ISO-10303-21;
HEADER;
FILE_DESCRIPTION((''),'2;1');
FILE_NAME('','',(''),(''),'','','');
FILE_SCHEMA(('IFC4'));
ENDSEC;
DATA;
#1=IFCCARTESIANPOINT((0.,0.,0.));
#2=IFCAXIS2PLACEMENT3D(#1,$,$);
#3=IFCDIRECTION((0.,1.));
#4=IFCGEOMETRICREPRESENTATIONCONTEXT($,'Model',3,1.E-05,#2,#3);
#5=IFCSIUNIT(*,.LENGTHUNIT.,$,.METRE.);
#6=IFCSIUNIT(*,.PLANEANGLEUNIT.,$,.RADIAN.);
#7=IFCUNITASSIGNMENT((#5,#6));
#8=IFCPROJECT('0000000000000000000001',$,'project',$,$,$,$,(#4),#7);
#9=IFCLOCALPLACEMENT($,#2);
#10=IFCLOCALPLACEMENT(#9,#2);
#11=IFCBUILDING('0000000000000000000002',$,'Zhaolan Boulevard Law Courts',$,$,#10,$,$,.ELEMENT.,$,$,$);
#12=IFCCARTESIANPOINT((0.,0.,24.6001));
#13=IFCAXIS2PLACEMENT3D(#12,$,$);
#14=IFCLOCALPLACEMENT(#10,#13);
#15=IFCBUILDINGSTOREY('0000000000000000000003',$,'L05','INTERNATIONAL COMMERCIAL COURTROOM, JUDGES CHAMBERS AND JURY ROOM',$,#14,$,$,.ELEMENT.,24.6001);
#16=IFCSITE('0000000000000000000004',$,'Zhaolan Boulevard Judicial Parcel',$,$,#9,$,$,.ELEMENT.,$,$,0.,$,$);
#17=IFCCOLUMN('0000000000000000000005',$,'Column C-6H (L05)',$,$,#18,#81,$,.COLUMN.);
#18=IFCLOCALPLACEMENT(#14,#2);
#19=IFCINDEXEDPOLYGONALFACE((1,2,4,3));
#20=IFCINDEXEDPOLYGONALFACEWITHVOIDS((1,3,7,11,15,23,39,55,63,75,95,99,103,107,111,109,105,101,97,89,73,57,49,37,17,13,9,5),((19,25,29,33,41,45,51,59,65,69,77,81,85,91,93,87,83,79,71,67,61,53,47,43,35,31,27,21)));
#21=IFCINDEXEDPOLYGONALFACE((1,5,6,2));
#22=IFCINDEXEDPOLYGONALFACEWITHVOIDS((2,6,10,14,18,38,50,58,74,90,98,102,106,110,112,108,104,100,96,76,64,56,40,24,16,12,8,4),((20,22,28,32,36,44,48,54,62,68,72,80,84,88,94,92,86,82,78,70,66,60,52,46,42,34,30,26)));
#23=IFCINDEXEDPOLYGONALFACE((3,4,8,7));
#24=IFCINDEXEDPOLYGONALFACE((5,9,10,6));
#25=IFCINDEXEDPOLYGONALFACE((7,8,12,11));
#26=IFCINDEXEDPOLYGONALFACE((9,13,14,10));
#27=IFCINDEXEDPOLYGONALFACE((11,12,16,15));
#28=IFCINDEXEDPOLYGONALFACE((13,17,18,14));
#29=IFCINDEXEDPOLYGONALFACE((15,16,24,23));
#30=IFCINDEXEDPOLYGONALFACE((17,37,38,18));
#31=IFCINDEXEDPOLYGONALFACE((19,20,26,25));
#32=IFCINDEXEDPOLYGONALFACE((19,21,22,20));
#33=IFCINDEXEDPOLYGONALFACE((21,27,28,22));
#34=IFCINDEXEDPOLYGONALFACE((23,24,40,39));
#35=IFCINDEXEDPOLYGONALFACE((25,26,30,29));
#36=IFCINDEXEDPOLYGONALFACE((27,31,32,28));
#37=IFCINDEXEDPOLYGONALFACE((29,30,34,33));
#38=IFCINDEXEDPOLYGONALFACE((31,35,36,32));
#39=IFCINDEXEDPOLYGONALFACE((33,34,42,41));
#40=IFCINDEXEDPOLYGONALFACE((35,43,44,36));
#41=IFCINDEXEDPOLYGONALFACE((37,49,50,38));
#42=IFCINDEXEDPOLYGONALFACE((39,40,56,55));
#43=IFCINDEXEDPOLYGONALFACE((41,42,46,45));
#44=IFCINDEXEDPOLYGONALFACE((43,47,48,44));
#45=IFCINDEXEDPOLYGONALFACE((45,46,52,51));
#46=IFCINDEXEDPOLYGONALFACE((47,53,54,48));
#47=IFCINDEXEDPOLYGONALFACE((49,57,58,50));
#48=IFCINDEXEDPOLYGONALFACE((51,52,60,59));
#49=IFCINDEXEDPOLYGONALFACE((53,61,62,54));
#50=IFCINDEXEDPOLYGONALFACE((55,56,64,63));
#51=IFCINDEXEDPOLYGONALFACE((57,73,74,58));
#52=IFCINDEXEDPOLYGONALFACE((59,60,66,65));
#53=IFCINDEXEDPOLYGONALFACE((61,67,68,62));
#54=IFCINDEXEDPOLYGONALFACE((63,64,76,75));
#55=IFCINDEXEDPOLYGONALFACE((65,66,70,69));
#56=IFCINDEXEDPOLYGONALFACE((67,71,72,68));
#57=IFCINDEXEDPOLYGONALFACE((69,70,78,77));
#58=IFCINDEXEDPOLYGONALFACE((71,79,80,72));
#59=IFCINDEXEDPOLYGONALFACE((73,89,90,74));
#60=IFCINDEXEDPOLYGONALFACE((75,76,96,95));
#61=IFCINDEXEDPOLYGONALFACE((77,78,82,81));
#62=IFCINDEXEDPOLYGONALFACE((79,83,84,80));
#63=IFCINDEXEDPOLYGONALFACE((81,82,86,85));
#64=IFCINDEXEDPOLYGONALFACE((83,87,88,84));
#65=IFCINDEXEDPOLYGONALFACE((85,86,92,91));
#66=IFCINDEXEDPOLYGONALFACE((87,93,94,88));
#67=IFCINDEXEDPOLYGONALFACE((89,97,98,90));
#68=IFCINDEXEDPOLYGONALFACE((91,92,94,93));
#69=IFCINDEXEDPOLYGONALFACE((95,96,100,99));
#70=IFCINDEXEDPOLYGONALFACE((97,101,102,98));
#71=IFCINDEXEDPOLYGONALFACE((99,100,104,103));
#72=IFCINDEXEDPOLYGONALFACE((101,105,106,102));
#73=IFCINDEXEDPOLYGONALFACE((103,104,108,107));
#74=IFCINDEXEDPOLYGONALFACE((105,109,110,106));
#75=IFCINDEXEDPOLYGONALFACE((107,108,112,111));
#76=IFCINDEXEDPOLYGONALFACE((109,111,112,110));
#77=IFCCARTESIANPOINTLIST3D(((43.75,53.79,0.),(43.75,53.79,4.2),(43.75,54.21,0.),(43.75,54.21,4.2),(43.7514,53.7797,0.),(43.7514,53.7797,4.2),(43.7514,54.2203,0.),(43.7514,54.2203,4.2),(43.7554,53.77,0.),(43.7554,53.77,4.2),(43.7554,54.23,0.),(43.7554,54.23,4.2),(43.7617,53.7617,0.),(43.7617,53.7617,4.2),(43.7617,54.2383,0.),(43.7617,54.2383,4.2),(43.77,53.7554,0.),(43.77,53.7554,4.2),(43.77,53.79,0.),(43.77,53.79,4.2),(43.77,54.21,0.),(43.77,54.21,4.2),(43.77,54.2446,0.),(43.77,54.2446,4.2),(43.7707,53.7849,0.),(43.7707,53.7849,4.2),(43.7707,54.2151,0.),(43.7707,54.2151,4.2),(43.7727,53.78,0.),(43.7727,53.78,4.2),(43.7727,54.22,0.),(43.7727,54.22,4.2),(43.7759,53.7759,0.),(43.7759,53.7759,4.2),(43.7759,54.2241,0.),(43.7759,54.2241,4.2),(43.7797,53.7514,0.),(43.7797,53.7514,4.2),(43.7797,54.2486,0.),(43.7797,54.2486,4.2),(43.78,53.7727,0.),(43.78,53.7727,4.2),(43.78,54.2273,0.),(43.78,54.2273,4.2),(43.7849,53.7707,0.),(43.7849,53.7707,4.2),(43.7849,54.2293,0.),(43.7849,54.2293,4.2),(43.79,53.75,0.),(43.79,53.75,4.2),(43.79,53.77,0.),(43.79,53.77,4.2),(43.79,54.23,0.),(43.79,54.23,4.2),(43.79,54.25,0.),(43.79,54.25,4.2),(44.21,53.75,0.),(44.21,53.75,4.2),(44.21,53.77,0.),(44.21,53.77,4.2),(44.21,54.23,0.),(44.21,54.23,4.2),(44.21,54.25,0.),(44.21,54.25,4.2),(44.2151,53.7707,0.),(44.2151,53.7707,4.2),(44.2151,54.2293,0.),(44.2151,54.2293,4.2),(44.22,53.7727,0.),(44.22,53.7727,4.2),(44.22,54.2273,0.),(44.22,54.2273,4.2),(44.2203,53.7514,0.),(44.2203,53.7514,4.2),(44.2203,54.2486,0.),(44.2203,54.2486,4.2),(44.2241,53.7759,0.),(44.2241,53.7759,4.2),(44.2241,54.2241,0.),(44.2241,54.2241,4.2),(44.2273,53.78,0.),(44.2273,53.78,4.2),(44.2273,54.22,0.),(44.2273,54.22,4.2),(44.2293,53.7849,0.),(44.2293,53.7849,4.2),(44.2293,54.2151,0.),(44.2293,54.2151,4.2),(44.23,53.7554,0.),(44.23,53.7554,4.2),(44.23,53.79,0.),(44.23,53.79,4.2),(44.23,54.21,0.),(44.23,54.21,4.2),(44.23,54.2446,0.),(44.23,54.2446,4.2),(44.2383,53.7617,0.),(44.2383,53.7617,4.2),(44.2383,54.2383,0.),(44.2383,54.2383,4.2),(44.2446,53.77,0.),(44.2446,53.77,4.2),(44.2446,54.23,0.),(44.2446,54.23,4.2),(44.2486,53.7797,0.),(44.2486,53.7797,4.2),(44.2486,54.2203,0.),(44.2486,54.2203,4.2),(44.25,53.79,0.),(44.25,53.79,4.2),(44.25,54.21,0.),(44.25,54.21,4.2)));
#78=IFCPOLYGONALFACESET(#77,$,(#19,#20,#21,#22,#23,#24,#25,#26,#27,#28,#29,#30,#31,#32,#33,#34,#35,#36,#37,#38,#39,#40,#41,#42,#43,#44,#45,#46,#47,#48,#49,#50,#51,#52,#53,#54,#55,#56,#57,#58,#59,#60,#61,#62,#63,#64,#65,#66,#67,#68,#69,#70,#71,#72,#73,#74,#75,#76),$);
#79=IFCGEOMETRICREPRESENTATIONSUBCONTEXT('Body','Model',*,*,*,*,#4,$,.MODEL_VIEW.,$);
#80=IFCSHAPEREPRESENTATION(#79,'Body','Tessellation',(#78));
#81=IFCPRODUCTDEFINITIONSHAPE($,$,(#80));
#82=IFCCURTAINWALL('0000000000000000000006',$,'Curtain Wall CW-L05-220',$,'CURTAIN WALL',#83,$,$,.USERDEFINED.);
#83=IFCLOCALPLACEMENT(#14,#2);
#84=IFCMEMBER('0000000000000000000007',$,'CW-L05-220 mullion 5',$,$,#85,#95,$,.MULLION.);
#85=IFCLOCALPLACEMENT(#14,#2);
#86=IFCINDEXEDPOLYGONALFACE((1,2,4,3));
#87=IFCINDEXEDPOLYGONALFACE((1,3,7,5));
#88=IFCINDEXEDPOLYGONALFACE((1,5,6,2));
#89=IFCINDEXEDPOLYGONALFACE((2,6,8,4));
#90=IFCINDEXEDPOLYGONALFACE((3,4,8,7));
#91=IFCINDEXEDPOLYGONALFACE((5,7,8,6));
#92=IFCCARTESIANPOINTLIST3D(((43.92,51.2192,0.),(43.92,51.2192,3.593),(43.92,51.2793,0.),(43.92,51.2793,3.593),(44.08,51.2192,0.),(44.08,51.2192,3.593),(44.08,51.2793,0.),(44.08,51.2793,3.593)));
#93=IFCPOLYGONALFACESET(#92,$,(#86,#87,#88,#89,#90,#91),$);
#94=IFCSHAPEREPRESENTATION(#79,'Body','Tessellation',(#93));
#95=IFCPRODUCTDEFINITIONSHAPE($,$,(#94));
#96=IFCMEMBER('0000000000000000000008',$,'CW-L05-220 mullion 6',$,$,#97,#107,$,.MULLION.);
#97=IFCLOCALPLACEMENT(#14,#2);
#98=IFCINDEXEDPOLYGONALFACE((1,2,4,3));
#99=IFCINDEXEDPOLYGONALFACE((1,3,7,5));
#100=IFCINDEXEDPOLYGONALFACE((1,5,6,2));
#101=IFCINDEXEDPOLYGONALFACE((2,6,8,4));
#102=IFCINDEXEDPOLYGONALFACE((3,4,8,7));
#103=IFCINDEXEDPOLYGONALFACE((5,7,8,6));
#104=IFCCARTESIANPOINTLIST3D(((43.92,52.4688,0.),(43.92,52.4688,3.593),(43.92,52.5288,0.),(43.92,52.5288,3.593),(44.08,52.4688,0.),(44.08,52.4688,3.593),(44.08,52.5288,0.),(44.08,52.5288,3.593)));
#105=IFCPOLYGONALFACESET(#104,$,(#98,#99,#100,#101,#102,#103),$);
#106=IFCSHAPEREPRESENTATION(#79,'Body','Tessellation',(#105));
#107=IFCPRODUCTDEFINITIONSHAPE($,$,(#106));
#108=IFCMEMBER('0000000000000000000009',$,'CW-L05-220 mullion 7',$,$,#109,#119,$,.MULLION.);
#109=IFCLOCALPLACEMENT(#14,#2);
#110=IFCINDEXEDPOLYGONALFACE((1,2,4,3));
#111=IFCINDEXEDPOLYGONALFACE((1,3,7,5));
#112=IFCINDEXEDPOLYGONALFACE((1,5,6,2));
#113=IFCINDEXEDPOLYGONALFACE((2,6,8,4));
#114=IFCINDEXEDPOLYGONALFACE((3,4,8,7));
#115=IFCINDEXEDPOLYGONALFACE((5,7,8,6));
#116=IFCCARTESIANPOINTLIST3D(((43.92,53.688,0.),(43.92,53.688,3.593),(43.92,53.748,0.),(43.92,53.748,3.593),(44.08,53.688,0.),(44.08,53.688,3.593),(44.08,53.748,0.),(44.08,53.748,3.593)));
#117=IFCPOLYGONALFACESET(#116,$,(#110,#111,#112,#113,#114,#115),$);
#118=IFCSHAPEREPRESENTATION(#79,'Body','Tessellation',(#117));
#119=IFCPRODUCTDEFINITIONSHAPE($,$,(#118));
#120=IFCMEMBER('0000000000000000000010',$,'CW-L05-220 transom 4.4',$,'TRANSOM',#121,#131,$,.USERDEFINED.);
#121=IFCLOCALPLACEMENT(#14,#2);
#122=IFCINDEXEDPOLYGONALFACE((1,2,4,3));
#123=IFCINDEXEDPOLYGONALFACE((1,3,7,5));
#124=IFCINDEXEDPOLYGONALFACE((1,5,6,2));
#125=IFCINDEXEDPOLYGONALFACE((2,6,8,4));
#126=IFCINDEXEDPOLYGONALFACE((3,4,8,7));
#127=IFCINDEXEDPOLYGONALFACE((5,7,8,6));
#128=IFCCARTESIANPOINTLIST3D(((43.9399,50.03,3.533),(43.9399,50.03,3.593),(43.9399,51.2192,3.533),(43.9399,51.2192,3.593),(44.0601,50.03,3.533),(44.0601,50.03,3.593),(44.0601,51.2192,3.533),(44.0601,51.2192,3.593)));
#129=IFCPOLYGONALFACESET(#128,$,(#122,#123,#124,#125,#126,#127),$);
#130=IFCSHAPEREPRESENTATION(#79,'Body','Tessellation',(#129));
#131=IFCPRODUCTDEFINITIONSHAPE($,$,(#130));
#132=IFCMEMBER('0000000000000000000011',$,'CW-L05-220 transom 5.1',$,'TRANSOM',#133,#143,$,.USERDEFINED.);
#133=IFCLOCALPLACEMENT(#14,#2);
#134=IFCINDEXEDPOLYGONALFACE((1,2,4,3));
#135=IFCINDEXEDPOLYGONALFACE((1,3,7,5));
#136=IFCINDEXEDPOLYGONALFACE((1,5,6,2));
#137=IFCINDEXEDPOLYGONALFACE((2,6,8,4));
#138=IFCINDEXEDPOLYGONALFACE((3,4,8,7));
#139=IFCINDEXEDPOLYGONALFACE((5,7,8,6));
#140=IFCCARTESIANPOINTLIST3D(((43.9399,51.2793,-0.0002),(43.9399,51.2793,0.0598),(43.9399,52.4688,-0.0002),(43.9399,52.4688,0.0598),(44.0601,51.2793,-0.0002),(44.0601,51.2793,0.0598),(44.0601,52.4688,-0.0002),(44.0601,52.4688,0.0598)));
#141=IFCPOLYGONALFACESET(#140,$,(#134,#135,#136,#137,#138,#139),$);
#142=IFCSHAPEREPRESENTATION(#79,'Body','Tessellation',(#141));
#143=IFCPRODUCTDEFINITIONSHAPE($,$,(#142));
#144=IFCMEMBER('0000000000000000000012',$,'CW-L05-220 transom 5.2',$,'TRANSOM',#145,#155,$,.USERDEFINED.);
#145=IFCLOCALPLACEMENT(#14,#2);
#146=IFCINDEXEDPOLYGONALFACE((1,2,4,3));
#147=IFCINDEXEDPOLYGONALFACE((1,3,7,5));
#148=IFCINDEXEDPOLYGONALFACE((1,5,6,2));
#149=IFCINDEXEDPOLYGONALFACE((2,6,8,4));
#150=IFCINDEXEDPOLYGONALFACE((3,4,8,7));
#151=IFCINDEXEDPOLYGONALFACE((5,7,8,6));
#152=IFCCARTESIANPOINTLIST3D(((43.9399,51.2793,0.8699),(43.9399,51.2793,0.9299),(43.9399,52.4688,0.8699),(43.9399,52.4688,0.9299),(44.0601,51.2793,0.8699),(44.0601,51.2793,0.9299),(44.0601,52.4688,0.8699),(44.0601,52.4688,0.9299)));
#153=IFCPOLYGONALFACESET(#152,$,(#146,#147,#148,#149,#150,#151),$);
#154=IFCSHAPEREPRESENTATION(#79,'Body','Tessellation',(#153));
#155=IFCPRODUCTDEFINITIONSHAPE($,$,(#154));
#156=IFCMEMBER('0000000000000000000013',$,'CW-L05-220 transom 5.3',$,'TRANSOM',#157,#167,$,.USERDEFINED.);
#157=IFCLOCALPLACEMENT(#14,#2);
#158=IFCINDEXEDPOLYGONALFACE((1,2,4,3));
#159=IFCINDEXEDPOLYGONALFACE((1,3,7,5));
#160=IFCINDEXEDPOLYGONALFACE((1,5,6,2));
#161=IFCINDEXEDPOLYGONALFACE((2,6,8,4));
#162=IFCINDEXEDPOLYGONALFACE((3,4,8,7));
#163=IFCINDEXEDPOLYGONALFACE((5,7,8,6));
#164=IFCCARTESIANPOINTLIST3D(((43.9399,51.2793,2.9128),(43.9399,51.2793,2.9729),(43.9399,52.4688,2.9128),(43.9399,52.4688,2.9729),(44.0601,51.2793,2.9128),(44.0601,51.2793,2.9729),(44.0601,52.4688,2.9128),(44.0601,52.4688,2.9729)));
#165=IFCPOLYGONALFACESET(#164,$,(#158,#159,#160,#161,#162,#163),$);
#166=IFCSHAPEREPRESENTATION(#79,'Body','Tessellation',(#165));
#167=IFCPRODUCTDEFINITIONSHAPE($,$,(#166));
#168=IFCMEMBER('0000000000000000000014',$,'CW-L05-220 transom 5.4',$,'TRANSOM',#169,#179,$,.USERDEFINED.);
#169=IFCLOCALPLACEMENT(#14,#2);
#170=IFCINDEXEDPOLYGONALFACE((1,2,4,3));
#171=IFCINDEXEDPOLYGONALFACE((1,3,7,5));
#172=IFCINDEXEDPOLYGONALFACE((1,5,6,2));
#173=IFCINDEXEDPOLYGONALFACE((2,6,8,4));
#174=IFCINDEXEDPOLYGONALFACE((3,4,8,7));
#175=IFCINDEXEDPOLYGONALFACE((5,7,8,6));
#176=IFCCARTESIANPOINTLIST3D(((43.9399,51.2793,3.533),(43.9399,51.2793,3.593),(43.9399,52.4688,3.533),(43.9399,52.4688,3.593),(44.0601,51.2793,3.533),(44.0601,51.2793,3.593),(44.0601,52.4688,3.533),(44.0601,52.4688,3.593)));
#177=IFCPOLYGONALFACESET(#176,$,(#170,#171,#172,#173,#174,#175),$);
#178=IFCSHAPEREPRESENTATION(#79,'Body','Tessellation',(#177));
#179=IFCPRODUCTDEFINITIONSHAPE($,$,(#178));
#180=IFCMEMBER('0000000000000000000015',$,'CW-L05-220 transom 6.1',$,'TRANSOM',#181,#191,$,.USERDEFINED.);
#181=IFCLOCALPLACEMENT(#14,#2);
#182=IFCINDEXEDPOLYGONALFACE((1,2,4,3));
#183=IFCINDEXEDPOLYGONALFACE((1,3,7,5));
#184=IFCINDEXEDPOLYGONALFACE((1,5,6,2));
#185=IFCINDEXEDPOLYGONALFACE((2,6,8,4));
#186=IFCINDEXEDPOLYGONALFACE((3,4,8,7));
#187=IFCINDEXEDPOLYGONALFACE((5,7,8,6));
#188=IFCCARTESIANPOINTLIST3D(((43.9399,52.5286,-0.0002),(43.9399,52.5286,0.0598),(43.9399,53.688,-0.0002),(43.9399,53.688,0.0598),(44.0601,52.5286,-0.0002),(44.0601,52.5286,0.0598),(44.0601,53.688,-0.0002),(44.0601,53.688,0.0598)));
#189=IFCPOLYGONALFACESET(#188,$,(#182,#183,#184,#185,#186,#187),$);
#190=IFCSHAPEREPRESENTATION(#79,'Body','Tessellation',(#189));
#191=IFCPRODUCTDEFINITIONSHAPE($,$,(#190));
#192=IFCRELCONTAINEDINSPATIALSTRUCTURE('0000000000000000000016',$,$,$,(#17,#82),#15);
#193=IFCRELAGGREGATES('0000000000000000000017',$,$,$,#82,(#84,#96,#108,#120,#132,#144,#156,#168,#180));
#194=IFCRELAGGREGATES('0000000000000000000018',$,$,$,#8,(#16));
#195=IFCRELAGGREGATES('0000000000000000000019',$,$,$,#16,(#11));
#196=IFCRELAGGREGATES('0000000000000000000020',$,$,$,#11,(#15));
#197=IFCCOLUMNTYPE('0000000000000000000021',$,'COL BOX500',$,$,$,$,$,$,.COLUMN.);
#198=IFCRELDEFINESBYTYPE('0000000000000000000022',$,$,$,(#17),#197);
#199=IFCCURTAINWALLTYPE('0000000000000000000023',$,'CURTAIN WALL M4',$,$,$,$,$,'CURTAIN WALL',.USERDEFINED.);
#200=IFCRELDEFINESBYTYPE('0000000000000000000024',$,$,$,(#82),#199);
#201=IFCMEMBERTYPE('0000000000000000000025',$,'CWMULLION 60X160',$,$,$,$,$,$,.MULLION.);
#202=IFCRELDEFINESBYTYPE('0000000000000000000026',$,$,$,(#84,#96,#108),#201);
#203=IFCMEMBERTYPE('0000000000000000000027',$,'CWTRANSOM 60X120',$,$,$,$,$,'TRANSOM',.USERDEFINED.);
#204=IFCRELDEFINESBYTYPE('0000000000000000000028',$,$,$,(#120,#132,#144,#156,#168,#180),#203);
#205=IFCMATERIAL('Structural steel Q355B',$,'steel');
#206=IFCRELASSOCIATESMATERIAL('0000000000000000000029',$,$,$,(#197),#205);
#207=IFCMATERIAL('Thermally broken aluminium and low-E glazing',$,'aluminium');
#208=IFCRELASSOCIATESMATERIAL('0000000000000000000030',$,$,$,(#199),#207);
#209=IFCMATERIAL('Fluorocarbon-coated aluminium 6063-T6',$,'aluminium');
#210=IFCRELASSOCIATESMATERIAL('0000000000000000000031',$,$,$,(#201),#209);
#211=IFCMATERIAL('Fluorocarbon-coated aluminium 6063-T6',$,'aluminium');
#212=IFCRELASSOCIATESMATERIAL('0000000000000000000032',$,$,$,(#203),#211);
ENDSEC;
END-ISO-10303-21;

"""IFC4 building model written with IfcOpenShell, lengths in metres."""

from ifc_helpers import new_model, si_unit, direction, frame, origin, origin_2d, place, context, subcontext, project, spatial, rectangle, hollow_rectangle, extrude, material, material_profile, profile_set, type_object, element, aggregate, save


model = new_model("IFC4")

# Units and contexts
model_context = context("Model", 3, precision=1e-05, world=origin(), true_north=direction((0.0, 1.0)))
body_context = subcontext(model_context, "Body", "Model", "MODEL_VIEW")
ifc_project = project(units=[si_unit("LENGTHUNIT", "METRE"), si_unit("PLANEANGLEUNIT", "RADIAN")], contexts=[model_context])

# Site, building, storey
site_placement = place(None, origin())
site = spatial("IfcSite", under=ifc_project, at=site_placement, Name="Zhaolan Boulevard Judicial Parcel", CompositionType="ELEMENT", RefElevation=0.0)
building_placement = place(site_placement, origin())
building = spatial("IfcBuilding", under=site, at=building_placement, Name="Zhaolan Boulevard Law Courts", CompositionType="ELEMENT")
storey_placement = place(building_placement, frame((0.0, 0.0, 24.6001)))
storey = spatial("IfcBuildingStorey", under=building, at=storey_placement, Name="L05", Description="INTERNATIONAL COMMERCIAL COURTROOM, JUDGES CHAMBERS AND JURY ROOM", CompositionType="ELEMENT", Elevation=24.6001)

# Column
ifc_material_1 = material(Name="Structural steel Q355B", Category="steel")
ifc_material_profile_1 = material_profile(ifc_material_1, hollow_rectangle(XDim=0.5, YDim=0.5, WallThickness=0.02, InnerFilletRadius=0.02, OuterFilletRadius=0.04, at=origin_2d()), Name="BOX500x500x20")
ifc_profile_set_1 = profile_set([ifc_material_profile_1], Name="Structural steel Q355B")
column_type = type_object("IfcColumnType", Name="COL BOX500", PredefinedType="COLUMN", material=ifc_profile_set_1)
column_placement = place(storey_placement, frame((44.0, 54.0, 0.0), z_axis=(0.0, 0.0, 1.0), x_axis=(1.0, 0.0, 0.0)))
element("IfcColumn", 1, at=column_placement, inside=storey, type_object=column_type, Name="Column C-6H (L05)", PredefinedType="COLUMN", context=body_context, shape_type="SweptSolid", body=[
    extrude(hollow_rectangle(XDim=0.5, YDim=0.5, WallThickness=0.02, InnerFilletRadius=0.02, OuterFilletRadius=0.04, at=origin_2d()), origin(), (0.0, 0.0, 1.0), 4.2),
])

# Curtain wall, members
ifc_material_2 = material(Name="Thermally broken aluminium and low-E glazing", Category="aluminium")
curtain_wall_type = type_object("IfcCurtainWallType", Name="CURTAIN WALL M4", ElementType="CURTAIN WALL", PredefinedType="USERDEFINED", material=ifc_material_2)
curtain_wall_placement = place(storey_placement, origin())
curtain_wall = element("IfcCurtainWall", 2, at=curtain_wall_placement, inside=storey, type_object=curtain_wall_type, Name="Curtain Wall CW-L05-220", ObjectType="CURTAIN WALL", PredefinedType="USERDEFINED")
ifc_material_3 = material(Name="Fluorocarbon-coated aluminium 6063-T6", Category="aluminium")
ifc_material_profile_2 = material_profile(ifc_material_3, rectangle(XDim=0.1599, YDim=0.0601, at=origin_2d()), Name="AL60x160")
ifc_profile_set_2 = profile_set([ifc_material_profile_2], Name="Fluorocarbon-coated aluminium 6063-T6")
member_type_1 = type_object("IfcMemberType", Name="CWMULLION 60X160", PredefinedType="MULLION", material=ifc_profile_set_2)
member_1_placement = place(storey_placement, frame((44.0, 51.2493, 0.0), z_axis=(0.0, 0.0, 1.0), x_axis=(-1.0, 0.0, 0.0)))
member_1 = element("IfcMember", 3, at=member_1_placement, type_object=member_type_1, Name="CW-L05-220 mullion 5", PredefinedType="MULLION", context=body_context, shape_type="SweptSolid", body=[
    extrude(rectangle(XDim=0.1599, YDim=0.0601, at=origin_2d()), origin(), (0.0, 0.0, 1.0), 3.593),
])
member_2_placement = place(storey_placement, frame((44.0, 52.4988, 0.0), z_axis=(0.0, 0.0, 1.0), x_axis=(-1.0, 0.0, 0.0)))
member_2 = element("IfcMember", 4, at=member_2_placement, type_object=member_type_1, Name="CW-L05-220 mullion 6", PredefinedType="MULLION", context=body_context, shape_type="SweptSolid", body=[
    extrude(rectangle(XDim=0.1599, YDim=0.0601, at=origin_2d()), origin(), (0.0, 0.0, 1.0), 3.593),
])
member_3_placement = place(storey_placement, frame((44.0, 53.718, 0.0), z_axis=(0.0, 0.0, 1.0), x_axis=(-1.0, 0.0, 0.0)))
member_3 = element("IfcMember", 5, at=member_3_placement, type_object=member_type_1, Name="CW-L05-220 mullion 7", PredefinedType="MULLION", context=body_context, shape_type="SweptSolid", body=[
    extrude(rectangle(XDim=0.1599, YDim=0.0601, at=origin_2d()), origin(), (0.0, 0.0, 1.0), 3.593),
])
ifc_material_4 = material(Name="Fluorocarbon-coated aluminium 6063-T6", Category="aluminium")
ifc_material_profile_3 = material_profile(ifc_material_4, rectangle(XDim=0.1201, YDim=0.0601, at=origin_2d()), Name="AL60x120")
ifc_profile_set_3 = profile_set([ifc_material_profile_3], Name="Fluorocarbon-coated aluminium 6063-T6")
member_type_2 = type_object("IfcMemberType", Name="CWTRANSOM 60X120", ElementType="TRANSOM", PredefinedType="USERDEFINED", material=ifc_profile_set_3)
member_4_placement = place(storey_placement, frame((44.0, 50.03, 3.563), z_axis=(0.0, 1.0, 0.0), x_axis=(-1.0, 0.0, 0.0)))
member_4 = element("IfcMember", 6, at=member_4_placement, type_object=member_type_2, Name="CW-L05-220 transom 4.4", ObjectType="TRANSOM", PredefinedType="USERDEFINED", context=body_context, shape_type="SweptSolid", body=[
    extrude(rectangle(XDim=0.1201, YDim=0.0601, at=origin_2d()), origin(), (0.0, 0.0, 1.0), 1.1892),
])
member_5_placement = place(storey_placement, frame((44.0, 51.2793, 0.0298), z_axis=(0.0, 1.0, 0.0), x_axis=(-1.0, 0.0, 0.0)))
member_5 = element("IfcMember", 7, at=member_5_placement, type_object=member_type_2, Name="CW-L05-220 transom 5.1", ObjectType="TRANSOM", PredefinedType="USERDEFINED", context=body_context, shape_type="SweptSolid", body=[
    extrude(rectangle(XDim=0.1201, YDim=0.0601, at=origin_2d()), origin(), (0.0, 0.0, 1.0), 1.1895),
])
member_6_placement = place(storey_placement, frame((44.0, 51.2793, 0.8999), z_axis=(0.0, 1.0, 0.0), x_axis=(-1.0, 0.0, 0.0)))
member_6 = element("IfcMember", 8, at=member_6_placement, type_object=member_type_2, Name="CW-L05-220 transom 5.2", ObjectType="TRANSOM", PredefinedType="USERDEFINED", context=body_context, shape_type="SweptSolid", body=[
    extrude(rectangle(XDim=0.1201, YDim=0.0601, at=origin_2d()), origin(), (0.0, 0.0, 1.0), 1.1895),
])
member_7_placement = place(storey_placement, frame((44.0, 51.2793, 2.9429), z_axis=(0.0, 1.0, 0.0), x_axis=(-1.0, 0.0, 0.0)))
member_7 = element("IfcMember", 9, at=member_7_placement, type_object=member_type_2, Name="CW-L05-220 transom 5.3", ObjectType="TRANSOM", PredefinedType="USERDEFINED", context=body_context, shape_type="SweptSolid", body=[
    extrude(rectangle(XDim=0.1201, YDim=0.0601, at=origin_2d()), origin(), (0.0, 0.0, 1.0), 1.1895),
])
member_8_placement = place(storey_placement, frame((44.0, 51.2793, 3.563), z_axis=(0.0, 1.0, 0.0), x_axis=(-1.0, 0.0, 0.0)))
member_8 = element("IfcMember", 10, at=member_8_placement, type_object=member_type_2, Name="CW-L05-220 transom 5.4", ObjectType="TRANSOM", PredefinedType="USERDEFINED", context=body_context, shape_type="SweptSolid", body=[
    extrude(rectangle(XDim=0.1201, YDim=0.0601, at=origin_2d()), origin(), (0.0, 0.0, 1.0), 1.1895),
])
member_9_placement = place(storey_placement, frame((44.0, 52.5286, 0.0298), z_axis=(0.0, 1.0, 0.0), x_axis=(-1.0, 0.0, 0.0)))
member_9 = element("IfcMember", 11, at=member_9_placement, type_object=member_type_2, Name="CW-L05-220 transom 6.1", ObjectType="TRANSOM", PredefinedType="USERDEFINED", context=body_context, shape_type="SweptSolid", body=[
    extrude(rectangle(XDim=0.1201, YDim=0.0601, at=origin_2d()), origin(), (0.0, 0.0, 1.0), 1.1594),
])
aggregate(curtain_wall, [member_1, member_2, member_3, member_4, member_5, member_6, member_7, member_8, member_9])

save(model, "model.ifc")
